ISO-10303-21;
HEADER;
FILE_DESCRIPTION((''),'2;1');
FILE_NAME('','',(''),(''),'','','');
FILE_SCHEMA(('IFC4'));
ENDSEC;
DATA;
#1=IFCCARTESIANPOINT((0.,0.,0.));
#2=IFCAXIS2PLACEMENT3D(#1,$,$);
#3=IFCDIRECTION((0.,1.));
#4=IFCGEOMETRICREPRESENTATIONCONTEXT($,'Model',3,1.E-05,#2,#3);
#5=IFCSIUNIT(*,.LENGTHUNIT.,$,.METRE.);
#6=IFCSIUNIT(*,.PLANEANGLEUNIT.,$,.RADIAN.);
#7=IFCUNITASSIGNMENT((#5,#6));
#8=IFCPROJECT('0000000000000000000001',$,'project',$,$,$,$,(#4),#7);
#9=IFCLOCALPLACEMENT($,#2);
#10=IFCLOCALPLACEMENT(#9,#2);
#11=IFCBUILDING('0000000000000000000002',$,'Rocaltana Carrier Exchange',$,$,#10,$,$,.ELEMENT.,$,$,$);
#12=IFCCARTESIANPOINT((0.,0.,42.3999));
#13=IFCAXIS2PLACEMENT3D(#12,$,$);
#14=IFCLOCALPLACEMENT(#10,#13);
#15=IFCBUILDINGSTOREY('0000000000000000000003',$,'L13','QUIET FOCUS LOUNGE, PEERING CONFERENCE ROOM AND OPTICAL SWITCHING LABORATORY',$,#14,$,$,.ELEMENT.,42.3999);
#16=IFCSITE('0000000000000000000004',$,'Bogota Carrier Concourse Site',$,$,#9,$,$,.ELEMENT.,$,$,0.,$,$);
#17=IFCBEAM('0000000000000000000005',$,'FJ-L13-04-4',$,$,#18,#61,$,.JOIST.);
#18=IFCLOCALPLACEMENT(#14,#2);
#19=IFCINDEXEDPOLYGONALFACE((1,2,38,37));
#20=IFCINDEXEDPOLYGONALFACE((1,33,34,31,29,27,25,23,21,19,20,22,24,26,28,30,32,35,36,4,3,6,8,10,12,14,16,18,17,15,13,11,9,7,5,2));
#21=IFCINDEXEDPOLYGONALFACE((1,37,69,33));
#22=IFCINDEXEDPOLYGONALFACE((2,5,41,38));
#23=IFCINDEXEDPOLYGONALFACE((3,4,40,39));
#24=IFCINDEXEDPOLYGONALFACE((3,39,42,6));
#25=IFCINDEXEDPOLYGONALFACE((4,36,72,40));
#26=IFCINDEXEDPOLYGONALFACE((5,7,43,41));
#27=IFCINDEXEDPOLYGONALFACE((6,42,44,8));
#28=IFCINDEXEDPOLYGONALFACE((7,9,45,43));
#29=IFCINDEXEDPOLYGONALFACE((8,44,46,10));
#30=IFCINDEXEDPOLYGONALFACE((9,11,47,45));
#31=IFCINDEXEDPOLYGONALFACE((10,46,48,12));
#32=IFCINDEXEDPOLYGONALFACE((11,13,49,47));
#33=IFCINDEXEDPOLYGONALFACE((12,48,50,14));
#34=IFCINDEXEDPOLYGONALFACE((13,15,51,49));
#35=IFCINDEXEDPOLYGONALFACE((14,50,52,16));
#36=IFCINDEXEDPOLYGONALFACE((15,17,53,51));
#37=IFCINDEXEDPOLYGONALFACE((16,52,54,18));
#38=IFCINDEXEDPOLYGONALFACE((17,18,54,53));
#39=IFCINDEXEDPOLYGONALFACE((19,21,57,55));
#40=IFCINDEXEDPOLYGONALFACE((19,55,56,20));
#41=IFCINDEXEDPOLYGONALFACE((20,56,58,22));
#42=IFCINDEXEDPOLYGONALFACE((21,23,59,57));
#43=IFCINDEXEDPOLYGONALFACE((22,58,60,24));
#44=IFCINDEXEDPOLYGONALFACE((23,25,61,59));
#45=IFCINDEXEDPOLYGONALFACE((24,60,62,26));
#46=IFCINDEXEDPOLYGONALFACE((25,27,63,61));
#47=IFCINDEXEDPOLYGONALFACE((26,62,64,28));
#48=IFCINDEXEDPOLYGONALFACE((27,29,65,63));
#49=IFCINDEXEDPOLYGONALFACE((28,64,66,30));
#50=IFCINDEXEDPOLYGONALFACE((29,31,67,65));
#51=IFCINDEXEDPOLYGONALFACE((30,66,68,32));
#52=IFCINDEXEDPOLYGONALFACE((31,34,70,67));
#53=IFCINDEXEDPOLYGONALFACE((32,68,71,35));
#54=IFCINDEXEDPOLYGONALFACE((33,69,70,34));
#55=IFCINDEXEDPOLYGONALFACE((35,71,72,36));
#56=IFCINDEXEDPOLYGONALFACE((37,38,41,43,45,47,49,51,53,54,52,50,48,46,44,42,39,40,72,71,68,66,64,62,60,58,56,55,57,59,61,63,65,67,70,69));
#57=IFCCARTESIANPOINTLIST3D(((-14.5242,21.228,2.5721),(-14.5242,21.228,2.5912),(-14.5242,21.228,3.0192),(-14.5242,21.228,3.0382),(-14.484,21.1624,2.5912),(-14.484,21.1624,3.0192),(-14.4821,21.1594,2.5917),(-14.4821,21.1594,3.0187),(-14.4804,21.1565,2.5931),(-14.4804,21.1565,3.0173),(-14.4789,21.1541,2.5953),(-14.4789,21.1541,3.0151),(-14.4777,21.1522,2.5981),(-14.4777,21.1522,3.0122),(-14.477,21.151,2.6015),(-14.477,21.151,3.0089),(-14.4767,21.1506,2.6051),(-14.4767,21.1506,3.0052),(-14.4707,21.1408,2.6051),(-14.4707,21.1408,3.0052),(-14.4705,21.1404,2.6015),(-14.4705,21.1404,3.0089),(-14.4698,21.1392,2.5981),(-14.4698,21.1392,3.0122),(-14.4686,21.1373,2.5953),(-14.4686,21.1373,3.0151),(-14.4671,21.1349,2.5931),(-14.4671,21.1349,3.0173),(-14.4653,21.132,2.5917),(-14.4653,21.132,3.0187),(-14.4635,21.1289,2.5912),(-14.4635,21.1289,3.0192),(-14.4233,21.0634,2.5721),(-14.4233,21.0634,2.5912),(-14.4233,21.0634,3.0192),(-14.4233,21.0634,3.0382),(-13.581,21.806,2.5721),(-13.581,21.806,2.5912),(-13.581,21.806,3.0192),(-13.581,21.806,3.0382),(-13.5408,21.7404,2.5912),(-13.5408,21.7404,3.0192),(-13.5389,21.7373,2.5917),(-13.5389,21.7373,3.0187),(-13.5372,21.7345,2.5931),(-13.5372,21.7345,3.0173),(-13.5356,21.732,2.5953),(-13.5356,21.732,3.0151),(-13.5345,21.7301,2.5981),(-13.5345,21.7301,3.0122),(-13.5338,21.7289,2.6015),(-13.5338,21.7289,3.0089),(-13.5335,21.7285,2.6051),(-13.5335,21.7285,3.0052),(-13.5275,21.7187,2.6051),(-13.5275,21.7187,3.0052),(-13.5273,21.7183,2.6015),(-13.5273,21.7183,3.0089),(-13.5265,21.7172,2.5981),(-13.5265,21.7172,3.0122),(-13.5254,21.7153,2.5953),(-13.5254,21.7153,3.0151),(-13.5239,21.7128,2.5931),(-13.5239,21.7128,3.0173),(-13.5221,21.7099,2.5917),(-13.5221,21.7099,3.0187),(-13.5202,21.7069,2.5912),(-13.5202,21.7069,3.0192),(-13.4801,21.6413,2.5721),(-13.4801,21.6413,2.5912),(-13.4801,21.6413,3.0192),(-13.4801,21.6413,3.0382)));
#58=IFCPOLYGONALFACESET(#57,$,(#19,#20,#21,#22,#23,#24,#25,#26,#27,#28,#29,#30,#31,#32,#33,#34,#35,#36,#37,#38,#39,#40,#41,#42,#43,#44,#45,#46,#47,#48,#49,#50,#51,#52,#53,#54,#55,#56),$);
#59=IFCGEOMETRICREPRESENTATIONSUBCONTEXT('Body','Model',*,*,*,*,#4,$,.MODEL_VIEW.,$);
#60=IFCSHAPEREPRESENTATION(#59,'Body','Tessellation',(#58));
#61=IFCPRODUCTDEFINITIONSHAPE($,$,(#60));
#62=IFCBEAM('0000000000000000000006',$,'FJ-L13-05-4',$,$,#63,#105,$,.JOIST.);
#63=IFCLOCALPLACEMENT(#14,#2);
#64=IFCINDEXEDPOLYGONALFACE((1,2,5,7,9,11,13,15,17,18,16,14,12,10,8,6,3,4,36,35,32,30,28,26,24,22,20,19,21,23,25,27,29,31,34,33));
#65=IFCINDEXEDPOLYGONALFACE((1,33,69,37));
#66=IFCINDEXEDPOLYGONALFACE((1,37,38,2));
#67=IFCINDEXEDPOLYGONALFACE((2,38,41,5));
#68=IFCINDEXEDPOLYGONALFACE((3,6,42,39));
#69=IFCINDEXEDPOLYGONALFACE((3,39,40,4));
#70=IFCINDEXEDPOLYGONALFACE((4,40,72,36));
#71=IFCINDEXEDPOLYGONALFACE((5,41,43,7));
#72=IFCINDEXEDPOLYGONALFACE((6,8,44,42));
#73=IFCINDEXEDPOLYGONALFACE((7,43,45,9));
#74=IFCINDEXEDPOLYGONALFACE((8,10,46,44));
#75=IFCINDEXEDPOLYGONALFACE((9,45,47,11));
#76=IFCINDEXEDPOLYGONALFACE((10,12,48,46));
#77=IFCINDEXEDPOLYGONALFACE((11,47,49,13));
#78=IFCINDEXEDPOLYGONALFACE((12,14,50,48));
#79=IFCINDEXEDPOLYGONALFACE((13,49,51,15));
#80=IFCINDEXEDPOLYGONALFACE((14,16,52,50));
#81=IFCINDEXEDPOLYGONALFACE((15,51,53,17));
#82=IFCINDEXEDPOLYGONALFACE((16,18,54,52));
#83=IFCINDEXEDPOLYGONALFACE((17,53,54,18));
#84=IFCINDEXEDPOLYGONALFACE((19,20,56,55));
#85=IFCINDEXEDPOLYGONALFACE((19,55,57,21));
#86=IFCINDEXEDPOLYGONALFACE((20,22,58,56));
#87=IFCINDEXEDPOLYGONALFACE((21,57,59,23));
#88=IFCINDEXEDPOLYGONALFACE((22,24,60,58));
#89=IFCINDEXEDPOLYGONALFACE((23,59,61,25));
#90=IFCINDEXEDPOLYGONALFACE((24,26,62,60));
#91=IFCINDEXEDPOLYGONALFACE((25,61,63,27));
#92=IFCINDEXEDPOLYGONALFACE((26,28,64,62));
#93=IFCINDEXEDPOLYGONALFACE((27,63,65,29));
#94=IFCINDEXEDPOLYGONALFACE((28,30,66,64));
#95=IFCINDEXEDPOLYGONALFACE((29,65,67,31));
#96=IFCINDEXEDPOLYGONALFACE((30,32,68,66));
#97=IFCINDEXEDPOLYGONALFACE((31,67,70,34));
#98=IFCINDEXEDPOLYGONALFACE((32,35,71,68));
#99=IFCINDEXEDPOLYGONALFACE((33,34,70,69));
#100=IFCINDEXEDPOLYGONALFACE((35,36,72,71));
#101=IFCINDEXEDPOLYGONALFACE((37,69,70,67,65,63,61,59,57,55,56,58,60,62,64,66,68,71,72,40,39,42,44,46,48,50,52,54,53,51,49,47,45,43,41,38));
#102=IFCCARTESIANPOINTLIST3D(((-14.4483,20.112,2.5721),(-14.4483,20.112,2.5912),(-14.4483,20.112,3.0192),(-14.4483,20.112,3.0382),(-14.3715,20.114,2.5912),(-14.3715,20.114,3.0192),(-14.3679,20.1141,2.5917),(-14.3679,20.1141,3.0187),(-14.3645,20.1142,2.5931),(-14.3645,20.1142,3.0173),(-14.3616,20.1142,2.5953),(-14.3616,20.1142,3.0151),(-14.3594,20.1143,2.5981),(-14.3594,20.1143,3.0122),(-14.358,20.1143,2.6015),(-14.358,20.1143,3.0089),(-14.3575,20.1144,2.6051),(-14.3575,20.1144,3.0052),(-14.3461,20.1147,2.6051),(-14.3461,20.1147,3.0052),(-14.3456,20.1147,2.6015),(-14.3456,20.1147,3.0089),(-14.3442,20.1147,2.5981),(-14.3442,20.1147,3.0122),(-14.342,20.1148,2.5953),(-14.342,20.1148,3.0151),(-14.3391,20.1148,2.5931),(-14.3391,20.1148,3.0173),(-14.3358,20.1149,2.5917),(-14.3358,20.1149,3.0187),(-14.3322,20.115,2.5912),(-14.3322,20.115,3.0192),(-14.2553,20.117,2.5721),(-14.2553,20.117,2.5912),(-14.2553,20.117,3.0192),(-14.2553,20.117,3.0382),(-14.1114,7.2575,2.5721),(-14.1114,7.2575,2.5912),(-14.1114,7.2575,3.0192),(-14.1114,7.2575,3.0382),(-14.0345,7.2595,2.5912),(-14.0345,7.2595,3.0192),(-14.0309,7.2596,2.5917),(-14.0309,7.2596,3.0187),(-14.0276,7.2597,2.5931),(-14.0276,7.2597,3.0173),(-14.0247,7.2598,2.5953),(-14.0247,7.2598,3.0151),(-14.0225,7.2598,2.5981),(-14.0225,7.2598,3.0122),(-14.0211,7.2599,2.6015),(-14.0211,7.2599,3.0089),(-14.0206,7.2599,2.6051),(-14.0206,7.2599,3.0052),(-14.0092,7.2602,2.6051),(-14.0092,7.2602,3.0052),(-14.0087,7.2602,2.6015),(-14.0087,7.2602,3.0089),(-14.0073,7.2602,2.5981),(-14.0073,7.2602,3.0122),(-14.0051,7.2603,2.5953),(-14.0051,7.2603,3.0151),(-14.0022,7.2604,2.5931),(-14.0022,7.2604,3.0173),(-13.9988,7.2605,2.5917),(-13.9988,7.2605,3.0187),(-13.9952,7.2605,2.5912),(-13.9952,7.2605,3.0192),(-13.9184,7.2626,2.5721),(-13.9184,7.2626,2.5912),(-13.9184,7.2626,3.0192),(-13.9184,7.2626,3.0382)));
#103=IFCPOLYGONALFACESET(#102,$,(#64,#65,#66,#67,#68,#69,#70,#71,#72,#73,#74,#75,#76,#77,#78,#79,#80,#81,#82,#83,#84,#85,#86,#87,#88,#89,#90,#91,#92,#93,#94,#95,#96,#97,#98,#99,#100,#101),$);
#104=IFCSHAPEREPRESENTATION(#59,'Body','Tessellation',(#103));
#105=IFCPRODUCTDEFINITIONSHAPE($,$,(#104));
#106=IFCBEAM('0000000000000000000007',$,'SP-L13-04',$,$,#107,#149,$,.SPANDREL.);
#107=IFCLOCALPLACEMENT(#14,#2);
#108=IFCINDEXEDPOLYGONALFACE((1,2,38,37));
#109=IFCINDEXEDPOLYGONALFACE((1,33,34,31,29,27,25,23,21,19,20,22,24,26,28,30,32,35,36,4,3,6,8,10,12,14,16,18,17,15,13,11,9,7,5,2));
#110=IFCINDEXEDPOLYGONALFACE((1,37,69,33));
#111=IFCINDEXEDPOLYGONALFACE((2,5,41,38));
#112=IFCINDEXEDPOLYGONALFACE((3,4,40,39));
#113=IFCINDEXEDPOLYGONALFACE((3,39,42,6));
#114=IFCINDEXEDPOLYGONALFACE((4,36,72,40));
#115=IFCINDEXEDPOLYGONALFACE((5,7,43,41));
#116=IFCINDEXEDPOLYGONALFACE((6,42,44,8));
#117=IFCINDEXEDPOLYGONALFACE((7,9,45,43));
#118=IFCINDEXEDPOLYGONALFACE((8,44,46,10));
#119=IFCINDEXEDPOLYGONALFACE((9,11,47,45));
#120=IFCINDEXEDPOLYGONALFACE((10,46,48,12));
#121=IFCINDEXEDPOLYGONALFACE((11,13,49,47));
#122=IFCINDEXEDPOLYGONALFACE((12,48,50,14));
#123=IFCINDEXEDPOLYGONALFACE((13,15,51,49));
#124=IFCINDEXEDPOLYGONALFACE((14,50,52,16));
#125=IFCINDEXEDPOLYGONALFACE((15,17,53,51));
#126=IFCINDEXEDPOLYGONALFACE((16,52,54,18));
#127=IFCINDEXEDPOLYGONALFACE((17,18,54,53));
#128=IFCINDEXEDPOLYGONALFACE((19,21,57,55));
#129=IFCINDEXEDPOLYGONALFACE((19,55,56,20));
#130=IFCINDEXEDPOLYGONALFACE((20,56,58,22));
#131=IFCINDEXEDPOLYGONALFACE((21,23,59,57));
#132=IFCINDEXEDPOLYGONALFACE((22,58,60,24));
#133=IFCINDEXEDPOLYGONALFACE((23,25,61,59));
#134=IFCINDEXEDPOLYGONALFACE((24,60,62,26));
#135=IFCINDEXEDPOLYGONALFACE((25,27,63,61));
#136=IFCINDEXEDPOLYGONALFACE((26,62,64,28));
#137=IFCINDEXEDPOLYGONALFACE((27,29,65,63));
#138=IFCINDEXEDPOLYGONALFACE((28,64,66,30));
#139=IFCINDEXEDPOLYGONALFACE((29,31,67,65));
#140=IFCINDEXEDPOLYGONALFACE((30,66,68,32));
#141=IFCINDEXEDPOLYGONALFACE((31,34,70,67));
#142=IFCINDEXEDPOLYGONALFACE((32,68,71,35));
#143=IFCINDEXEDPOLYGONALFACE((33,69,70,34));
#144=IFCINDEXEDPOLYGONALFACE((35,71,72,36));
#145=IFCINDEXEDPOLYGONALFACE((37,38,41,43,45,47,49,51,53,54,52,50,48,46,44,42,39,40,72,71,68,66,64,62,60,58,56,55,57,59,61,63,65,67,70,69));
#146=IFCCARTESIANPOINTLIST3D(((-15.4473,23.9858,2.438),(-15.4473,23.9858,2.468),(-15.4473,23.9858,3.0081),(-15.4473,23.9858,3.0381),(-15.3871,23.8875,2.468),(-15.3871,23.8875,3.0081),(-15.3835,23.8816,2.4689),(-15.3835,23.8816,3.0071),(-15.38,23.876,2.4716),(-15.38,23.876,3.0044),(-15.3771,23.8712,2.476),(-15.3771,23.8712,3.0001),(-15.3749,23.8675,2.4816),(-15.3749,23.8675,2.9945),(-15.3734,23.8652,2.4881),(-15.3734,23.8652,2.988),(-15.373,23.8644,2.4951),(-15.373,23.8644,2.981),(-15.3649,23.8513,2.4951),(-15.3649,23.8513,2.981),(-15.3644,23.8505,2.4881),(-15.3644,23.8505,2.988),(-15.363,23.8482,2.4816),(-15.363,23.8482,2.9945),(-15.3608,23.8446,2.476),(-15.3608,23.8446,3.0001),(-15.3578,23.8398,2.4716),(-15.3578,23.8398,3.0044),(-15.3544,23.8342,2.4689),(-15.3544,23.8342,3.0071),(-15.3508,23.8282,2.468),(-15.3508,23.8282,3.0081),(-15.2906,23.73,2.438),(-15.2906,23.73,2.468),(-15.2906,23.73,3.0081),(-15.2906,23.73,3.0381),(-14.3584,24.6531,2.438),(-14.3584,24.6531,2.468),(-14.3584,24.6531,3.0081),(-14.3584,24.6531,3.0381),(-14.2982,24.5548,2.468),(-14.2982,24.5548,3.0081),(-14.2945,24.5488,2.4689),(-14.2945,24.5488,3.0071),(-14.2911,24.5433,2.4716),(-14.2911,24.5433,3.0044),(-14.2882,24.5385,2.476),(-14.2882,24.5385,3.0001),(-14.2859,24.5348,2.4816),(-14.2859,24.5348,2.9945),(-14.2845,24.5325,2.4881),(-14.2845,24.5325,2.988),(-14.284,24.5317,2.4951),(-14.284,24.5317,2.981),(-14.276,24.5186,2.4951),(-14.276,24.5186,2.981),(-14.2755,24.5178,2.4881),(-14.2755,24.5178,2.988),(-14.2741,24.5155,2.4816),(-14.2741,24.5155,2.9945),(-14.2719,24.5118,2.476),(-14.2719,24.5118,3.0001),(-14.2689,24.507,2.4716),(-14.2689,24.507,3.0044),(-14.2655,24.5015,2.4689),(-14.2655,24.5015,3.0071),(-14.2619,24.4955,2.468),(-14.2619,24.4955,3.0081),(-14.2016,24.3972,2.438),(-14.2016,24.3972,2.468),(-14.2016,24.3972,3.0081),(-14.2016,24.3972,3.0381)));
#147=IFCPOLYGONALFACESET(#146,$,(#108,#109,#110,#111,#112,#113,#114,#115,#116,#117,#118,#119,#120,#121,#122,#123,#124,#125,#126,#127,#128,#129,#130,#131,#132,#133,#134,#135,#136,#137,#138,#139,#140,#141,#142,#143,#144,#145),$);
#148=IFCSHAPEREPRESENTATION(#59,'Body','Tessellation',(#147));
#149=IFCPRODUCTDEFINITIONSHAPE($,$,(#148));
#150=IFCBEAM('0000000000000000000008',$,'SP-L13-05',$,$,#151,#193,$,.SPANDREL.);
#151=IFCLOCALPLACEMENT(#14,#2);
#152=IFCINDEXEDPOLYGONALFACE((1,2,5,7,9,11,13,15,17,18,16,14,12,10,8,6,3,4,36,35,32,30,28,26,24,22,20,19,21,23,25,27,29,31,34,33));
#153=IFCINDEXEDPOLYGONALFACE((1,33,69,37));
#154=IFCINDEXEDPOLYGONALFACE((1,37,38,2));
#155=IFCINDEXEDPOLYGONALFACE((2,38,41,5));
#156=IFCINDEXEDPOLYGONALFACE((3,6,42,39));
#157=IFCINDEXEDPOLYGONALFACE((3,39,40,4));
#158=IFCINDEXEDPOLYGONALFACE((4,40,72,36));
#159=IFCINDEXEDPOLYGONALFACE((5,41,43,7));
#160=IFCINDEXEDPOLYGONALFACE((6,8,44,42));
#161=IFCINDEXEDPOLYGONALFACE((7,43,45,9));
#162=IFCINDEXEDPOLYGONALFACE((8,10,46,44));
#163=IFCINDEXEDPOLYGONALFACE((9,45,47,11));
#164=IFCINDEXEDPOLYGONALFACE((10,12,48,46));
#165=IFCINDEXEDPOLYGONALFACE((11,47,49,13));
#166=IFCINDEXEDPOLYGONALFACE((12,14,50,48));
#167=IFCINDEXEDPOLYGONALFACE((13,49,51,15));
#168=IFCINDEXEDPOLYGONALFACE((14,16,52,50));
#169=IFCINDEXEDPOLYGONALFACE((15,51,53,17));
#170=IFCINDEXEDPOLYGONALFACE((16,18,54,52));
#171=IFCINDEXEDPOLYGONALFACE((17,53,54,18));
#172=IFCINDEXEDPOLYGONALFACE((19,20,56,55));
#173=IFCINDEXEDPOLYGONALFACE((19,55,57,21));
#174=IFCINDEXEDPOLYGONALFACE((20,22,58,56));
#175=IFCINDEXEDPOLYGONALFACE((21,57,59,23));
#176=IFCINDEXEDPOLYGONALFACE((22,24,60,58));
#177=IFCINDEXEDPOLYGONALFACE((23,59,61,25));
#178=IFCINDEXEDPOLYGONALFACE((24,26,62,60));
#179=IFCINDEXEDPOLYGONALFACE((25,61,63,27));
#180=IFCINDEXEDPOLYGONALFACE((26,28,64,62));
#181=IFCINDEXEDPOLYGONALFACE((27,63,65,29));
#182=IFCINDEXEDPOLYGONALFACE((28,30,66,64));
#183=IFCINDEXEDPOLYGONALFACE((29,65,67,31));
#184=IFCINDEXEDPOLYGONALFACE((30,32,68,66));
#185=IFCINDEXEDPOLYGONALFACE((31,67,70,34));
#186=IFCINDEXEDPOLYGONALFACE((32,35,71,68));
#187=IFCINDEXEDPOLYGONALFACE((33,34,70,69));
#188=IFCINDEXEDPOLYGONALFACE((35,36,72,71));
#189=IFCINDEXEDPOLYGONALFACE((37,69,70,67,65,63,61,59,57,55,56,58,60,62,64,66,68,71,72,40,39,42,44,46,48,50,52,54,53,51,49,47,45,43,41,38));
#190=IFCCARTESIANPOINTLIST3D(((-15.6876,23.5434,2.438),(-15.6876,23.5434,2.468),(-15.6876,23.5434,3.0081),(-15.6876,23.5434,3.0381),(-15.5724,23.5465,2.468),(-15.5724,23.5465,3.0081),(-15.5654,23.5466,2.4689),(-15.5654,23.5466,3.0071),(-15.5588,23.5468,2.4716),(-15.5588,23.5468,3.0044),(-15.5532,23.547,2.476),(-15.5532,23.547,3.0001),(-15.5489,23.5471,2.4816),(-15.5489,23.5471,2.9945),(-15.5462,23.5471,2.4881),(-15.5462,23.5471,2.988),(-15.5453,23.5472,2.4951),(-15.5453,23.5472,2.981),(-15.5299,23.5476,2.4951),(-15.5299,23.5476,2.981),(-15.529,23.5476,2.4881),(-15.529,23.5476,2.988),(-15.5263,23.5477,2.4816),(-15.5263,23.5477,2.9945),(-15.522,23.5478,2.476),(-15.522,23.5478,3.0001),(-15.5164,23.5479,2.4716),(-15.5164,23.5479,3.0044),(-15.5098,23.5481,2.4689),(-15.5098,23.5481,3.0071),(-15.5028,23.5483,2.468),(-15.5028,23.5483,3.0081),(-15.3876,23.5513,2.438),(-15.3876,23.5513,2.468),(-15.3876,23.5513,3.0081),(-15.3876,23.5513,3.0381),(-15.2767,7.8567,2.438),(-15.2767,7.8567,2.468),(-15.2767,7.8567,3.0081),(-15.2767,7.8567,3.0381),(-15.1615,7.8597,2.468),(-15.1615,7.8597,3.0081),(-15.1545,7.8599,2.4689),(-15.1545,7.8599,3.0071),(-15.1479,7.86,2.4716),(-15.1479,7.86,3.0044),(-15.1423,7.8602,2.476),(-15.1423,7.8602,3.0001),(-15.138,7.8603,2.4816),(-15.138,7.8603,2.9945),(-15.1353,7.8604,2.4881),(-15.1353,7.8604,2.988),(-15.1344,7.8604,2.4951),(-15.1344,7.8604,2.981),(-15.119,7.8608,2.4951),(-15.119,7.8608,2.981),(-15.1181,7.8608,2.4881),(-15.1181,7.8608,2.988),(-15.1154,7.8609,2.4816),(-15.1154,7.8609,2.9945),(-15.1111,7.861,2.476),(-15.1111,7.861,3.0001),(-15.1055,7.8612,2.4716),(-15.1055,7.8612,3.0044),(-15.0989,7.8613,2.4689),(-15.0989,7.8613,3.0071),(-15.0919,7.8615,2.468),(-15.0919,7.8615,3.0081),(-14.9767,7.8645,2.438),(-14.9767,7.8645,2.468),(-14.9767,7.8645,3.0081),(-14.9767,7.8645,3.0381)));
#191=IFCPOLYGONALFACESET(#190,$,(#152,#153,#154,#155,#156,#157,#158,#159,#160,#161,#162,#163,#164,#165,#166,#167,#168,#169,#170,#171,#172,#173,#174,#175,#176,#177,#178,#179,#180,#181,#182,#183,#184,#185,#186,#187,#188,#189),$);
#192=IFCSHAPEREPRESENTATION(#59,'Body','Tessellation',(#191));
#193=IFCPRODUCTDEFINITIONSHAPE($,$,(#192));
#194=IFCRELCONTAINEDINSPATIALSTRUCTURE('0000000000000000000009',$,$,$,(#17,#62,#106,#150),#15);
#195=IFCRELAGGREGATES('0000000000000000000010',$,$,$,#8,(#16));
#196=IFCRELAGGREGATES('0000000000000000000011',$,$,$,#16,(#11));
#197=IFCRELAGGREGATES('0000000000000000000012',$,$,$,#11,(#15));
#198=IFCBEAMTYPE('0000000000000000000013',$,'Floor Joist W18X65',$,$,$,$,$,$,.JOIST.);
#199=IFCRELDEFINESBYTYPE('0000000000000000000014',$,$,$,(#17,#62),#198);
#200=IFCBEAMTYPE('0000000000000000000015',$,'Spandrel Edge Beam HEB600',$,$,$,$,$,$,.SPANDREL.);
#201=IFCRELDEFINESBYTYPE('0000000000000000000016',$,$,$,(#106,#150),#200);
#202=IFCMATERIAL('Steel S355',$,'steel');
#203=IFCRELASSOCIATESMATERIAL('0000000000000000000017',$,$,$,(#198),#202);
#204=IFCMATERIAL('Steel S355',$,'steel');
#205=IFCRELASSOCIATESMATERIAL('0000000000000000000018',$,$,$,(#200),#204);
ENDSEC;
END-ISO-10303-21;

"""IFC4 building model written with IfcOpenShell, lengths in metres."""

from ifc_helpers import new_model, si_unit, direction, frame, origin, origin_2d, place, context, subcontext, project, spatial, i_section, extrude, material, material_profile, profile_set, type_object, element, save


model = new_model("IFC4")

# Units and contexts
model_context = context("Model", 3, precision=1e-05, world=origin(), true_north=direction((0.0, 1.0)))
body_context = subcontext(model_context, "Body", "Model", "MODEL_VIEW")
ifc_project = project(units=[si_unit("LENGTHUNIT", "METRE"), si_unit("PLANEANGLEUNIT", "RADIAN")], contexts=[model_context])

# Site, building, storey
site_placement = place(None, origin())
site = spatial("IfcSite", under=ifc_project, at=site_placement, Name="Bogota Carrier Concourse Site", CompositionType="ELEMENT", RefElevation=0.0)
building_placement = place(site_placement, origin())
building = spatial("IfcBuilding", under=site, at=building_placement, Name="Rocaltana Carrier Exchange", CompositionType="ELEMENT")
storey_placement = place(building_placement, frame((0.0, 0.0, 42.3999)))
storey = spatial("IfcBuildingStorey", under=building, at=storey_placement, Name="L13", Description="QUIET FOCUS LOUNGE, PEERING CONFERENCE ROOM AND OPTICAL SWITCHING LABORATORY", CompositionType="ELEMENT", Elevation=42.3999)

# Beams
ifc_material_1 = material(Name="Steel S355", Category="steel")
ifc_material_profile_1 = material_profile(ifc_material_1, i_section(OverallWidth=0.1931, OverallDepth=0.4661, WebThickness=0.0115, FlangeThickness=0.019, FilletRadius=0.0139, at=origin_2d()), Name="W18X65")
ifc_profile_set_1 = profile_set([ifc_material_profile_1], Name="Steel S355")
beam_type_1 = type_object("IfcBeamType", Name="Floor Joist W18X65", PredefinedType="JOIST", material=ifc_profile_set_1)
beam_1_placement = place(storey_placement, frame((-13.5305, 21.7236, 2.8052), z_axis=(-0.852665, -0.522459, 0.0), x_axis=(0.522459, -0.852665, 0.0)))
element("IfcBeam", 1, at=beam_1_placement, inside=storey, type_object=beam_type_1, Name="FJ-L13-04-4", PredefinedType="JOIST", context=body_context, shape_type="SweptSolid", body=[
    extrude(i_section(OverallWidth=0.1931, OverallDepth=0.4661, WebThickness=0.0115, FlangeThickness=0.019, FilletRadius=0.0139, at=origin_2d()), origin(), (0.0, 0.0, 1.0), 1.1062),
])
beam_2_placement = place(storey_placement, frame((-14.3518, 20.1145, 2.8052), z_axis=(0.026201, -0.999657, 0.0), x_axis=(0.999657, 0.026201, 0.0)))
element("IfcBeam", 2, at=beam_2_placement, inside=storey, type_object=beam_type_1, Name="FJ-L13-05-4", PredefinedType="JOIST", context=body_context, shape_type="SweptSolid", body=[
    extrude(i_section(OverallWidth=0.1931, OverallDepth=0.4661, WebThickness=0.0115, FlangeThickness=0.019, FilletRadius=0.0139, at=origin_2d()), origin(), (0.0, 0.0, 1.0), 12.8589),
])
ifc_material_2 = material(Name="Steel S355", Category="steel")
ifc_material_profile_2 = material_profile(ifc_material_2, i_section(OverallWidth=0.3, OverallDepth=0.6001, WebThickness=0.0154, FlangeThickness=0.03, FilletRadius=0.0271, at=origin_2d()), Name="HEB600")
ifc_profile_set_2 = profile_set([ifc_material_profile_2], Name="Steel S355")
beam_type_2 = type_object("IfcBeamType", Name="Spandrel Edge Beam HEB600", PredefinedType="SPANDREL", material=ifc_profile_set_2)
beam_3_placement = place(storey_placement, frame((-14.28, 24.5251, 2.738), z_axis=(-0.852648, -0.522486, 0.0), x_axis=(0.522486, -0.852648, 0.0)))
element("IfcBeam", 3, at=beam_3_placement, inside=storey, type_object=beam_type_2, Name="SP-L13-04", PredefinedType="SPANDREL", context=body_context, shape_type="SweptSolid", body=[
    extrude(i_section(OverallWidth=0.3, OverallDepth=0.6001, WebThickness=0.0154, FlangeThickness=0.03, FilletRadius=0.0271, at=origin_2d()), origin(), (0.0, 0.0, 1.0), 1.2771),
])
beam_4_placement = place(storey_placement, frame((-15.5376, 23.5474, 2.738), z_axis=(0.026184, -0.999657, 0.0), x_axis=(0.999657, 0.026184, 0.0)))
element("IfcBeam", 4, at=beam_4_placement, inside=storey, type_object=beam_type_2, Name="SP-L13-05", PredefinedType="SPANDREL", context=body_context, shape_type="SweptSolid", body=[
    extrude(i_section(OverallWidth=0.3, OverallDepth=0.6001, WebThickness=0.0154, FlangeThickness=0.03, FilletRadius=0.0271, at=origin_2d()), origin(), (0.0, 0.0, 1.0), 15.6921),
])

save(model, "model.ifc")
